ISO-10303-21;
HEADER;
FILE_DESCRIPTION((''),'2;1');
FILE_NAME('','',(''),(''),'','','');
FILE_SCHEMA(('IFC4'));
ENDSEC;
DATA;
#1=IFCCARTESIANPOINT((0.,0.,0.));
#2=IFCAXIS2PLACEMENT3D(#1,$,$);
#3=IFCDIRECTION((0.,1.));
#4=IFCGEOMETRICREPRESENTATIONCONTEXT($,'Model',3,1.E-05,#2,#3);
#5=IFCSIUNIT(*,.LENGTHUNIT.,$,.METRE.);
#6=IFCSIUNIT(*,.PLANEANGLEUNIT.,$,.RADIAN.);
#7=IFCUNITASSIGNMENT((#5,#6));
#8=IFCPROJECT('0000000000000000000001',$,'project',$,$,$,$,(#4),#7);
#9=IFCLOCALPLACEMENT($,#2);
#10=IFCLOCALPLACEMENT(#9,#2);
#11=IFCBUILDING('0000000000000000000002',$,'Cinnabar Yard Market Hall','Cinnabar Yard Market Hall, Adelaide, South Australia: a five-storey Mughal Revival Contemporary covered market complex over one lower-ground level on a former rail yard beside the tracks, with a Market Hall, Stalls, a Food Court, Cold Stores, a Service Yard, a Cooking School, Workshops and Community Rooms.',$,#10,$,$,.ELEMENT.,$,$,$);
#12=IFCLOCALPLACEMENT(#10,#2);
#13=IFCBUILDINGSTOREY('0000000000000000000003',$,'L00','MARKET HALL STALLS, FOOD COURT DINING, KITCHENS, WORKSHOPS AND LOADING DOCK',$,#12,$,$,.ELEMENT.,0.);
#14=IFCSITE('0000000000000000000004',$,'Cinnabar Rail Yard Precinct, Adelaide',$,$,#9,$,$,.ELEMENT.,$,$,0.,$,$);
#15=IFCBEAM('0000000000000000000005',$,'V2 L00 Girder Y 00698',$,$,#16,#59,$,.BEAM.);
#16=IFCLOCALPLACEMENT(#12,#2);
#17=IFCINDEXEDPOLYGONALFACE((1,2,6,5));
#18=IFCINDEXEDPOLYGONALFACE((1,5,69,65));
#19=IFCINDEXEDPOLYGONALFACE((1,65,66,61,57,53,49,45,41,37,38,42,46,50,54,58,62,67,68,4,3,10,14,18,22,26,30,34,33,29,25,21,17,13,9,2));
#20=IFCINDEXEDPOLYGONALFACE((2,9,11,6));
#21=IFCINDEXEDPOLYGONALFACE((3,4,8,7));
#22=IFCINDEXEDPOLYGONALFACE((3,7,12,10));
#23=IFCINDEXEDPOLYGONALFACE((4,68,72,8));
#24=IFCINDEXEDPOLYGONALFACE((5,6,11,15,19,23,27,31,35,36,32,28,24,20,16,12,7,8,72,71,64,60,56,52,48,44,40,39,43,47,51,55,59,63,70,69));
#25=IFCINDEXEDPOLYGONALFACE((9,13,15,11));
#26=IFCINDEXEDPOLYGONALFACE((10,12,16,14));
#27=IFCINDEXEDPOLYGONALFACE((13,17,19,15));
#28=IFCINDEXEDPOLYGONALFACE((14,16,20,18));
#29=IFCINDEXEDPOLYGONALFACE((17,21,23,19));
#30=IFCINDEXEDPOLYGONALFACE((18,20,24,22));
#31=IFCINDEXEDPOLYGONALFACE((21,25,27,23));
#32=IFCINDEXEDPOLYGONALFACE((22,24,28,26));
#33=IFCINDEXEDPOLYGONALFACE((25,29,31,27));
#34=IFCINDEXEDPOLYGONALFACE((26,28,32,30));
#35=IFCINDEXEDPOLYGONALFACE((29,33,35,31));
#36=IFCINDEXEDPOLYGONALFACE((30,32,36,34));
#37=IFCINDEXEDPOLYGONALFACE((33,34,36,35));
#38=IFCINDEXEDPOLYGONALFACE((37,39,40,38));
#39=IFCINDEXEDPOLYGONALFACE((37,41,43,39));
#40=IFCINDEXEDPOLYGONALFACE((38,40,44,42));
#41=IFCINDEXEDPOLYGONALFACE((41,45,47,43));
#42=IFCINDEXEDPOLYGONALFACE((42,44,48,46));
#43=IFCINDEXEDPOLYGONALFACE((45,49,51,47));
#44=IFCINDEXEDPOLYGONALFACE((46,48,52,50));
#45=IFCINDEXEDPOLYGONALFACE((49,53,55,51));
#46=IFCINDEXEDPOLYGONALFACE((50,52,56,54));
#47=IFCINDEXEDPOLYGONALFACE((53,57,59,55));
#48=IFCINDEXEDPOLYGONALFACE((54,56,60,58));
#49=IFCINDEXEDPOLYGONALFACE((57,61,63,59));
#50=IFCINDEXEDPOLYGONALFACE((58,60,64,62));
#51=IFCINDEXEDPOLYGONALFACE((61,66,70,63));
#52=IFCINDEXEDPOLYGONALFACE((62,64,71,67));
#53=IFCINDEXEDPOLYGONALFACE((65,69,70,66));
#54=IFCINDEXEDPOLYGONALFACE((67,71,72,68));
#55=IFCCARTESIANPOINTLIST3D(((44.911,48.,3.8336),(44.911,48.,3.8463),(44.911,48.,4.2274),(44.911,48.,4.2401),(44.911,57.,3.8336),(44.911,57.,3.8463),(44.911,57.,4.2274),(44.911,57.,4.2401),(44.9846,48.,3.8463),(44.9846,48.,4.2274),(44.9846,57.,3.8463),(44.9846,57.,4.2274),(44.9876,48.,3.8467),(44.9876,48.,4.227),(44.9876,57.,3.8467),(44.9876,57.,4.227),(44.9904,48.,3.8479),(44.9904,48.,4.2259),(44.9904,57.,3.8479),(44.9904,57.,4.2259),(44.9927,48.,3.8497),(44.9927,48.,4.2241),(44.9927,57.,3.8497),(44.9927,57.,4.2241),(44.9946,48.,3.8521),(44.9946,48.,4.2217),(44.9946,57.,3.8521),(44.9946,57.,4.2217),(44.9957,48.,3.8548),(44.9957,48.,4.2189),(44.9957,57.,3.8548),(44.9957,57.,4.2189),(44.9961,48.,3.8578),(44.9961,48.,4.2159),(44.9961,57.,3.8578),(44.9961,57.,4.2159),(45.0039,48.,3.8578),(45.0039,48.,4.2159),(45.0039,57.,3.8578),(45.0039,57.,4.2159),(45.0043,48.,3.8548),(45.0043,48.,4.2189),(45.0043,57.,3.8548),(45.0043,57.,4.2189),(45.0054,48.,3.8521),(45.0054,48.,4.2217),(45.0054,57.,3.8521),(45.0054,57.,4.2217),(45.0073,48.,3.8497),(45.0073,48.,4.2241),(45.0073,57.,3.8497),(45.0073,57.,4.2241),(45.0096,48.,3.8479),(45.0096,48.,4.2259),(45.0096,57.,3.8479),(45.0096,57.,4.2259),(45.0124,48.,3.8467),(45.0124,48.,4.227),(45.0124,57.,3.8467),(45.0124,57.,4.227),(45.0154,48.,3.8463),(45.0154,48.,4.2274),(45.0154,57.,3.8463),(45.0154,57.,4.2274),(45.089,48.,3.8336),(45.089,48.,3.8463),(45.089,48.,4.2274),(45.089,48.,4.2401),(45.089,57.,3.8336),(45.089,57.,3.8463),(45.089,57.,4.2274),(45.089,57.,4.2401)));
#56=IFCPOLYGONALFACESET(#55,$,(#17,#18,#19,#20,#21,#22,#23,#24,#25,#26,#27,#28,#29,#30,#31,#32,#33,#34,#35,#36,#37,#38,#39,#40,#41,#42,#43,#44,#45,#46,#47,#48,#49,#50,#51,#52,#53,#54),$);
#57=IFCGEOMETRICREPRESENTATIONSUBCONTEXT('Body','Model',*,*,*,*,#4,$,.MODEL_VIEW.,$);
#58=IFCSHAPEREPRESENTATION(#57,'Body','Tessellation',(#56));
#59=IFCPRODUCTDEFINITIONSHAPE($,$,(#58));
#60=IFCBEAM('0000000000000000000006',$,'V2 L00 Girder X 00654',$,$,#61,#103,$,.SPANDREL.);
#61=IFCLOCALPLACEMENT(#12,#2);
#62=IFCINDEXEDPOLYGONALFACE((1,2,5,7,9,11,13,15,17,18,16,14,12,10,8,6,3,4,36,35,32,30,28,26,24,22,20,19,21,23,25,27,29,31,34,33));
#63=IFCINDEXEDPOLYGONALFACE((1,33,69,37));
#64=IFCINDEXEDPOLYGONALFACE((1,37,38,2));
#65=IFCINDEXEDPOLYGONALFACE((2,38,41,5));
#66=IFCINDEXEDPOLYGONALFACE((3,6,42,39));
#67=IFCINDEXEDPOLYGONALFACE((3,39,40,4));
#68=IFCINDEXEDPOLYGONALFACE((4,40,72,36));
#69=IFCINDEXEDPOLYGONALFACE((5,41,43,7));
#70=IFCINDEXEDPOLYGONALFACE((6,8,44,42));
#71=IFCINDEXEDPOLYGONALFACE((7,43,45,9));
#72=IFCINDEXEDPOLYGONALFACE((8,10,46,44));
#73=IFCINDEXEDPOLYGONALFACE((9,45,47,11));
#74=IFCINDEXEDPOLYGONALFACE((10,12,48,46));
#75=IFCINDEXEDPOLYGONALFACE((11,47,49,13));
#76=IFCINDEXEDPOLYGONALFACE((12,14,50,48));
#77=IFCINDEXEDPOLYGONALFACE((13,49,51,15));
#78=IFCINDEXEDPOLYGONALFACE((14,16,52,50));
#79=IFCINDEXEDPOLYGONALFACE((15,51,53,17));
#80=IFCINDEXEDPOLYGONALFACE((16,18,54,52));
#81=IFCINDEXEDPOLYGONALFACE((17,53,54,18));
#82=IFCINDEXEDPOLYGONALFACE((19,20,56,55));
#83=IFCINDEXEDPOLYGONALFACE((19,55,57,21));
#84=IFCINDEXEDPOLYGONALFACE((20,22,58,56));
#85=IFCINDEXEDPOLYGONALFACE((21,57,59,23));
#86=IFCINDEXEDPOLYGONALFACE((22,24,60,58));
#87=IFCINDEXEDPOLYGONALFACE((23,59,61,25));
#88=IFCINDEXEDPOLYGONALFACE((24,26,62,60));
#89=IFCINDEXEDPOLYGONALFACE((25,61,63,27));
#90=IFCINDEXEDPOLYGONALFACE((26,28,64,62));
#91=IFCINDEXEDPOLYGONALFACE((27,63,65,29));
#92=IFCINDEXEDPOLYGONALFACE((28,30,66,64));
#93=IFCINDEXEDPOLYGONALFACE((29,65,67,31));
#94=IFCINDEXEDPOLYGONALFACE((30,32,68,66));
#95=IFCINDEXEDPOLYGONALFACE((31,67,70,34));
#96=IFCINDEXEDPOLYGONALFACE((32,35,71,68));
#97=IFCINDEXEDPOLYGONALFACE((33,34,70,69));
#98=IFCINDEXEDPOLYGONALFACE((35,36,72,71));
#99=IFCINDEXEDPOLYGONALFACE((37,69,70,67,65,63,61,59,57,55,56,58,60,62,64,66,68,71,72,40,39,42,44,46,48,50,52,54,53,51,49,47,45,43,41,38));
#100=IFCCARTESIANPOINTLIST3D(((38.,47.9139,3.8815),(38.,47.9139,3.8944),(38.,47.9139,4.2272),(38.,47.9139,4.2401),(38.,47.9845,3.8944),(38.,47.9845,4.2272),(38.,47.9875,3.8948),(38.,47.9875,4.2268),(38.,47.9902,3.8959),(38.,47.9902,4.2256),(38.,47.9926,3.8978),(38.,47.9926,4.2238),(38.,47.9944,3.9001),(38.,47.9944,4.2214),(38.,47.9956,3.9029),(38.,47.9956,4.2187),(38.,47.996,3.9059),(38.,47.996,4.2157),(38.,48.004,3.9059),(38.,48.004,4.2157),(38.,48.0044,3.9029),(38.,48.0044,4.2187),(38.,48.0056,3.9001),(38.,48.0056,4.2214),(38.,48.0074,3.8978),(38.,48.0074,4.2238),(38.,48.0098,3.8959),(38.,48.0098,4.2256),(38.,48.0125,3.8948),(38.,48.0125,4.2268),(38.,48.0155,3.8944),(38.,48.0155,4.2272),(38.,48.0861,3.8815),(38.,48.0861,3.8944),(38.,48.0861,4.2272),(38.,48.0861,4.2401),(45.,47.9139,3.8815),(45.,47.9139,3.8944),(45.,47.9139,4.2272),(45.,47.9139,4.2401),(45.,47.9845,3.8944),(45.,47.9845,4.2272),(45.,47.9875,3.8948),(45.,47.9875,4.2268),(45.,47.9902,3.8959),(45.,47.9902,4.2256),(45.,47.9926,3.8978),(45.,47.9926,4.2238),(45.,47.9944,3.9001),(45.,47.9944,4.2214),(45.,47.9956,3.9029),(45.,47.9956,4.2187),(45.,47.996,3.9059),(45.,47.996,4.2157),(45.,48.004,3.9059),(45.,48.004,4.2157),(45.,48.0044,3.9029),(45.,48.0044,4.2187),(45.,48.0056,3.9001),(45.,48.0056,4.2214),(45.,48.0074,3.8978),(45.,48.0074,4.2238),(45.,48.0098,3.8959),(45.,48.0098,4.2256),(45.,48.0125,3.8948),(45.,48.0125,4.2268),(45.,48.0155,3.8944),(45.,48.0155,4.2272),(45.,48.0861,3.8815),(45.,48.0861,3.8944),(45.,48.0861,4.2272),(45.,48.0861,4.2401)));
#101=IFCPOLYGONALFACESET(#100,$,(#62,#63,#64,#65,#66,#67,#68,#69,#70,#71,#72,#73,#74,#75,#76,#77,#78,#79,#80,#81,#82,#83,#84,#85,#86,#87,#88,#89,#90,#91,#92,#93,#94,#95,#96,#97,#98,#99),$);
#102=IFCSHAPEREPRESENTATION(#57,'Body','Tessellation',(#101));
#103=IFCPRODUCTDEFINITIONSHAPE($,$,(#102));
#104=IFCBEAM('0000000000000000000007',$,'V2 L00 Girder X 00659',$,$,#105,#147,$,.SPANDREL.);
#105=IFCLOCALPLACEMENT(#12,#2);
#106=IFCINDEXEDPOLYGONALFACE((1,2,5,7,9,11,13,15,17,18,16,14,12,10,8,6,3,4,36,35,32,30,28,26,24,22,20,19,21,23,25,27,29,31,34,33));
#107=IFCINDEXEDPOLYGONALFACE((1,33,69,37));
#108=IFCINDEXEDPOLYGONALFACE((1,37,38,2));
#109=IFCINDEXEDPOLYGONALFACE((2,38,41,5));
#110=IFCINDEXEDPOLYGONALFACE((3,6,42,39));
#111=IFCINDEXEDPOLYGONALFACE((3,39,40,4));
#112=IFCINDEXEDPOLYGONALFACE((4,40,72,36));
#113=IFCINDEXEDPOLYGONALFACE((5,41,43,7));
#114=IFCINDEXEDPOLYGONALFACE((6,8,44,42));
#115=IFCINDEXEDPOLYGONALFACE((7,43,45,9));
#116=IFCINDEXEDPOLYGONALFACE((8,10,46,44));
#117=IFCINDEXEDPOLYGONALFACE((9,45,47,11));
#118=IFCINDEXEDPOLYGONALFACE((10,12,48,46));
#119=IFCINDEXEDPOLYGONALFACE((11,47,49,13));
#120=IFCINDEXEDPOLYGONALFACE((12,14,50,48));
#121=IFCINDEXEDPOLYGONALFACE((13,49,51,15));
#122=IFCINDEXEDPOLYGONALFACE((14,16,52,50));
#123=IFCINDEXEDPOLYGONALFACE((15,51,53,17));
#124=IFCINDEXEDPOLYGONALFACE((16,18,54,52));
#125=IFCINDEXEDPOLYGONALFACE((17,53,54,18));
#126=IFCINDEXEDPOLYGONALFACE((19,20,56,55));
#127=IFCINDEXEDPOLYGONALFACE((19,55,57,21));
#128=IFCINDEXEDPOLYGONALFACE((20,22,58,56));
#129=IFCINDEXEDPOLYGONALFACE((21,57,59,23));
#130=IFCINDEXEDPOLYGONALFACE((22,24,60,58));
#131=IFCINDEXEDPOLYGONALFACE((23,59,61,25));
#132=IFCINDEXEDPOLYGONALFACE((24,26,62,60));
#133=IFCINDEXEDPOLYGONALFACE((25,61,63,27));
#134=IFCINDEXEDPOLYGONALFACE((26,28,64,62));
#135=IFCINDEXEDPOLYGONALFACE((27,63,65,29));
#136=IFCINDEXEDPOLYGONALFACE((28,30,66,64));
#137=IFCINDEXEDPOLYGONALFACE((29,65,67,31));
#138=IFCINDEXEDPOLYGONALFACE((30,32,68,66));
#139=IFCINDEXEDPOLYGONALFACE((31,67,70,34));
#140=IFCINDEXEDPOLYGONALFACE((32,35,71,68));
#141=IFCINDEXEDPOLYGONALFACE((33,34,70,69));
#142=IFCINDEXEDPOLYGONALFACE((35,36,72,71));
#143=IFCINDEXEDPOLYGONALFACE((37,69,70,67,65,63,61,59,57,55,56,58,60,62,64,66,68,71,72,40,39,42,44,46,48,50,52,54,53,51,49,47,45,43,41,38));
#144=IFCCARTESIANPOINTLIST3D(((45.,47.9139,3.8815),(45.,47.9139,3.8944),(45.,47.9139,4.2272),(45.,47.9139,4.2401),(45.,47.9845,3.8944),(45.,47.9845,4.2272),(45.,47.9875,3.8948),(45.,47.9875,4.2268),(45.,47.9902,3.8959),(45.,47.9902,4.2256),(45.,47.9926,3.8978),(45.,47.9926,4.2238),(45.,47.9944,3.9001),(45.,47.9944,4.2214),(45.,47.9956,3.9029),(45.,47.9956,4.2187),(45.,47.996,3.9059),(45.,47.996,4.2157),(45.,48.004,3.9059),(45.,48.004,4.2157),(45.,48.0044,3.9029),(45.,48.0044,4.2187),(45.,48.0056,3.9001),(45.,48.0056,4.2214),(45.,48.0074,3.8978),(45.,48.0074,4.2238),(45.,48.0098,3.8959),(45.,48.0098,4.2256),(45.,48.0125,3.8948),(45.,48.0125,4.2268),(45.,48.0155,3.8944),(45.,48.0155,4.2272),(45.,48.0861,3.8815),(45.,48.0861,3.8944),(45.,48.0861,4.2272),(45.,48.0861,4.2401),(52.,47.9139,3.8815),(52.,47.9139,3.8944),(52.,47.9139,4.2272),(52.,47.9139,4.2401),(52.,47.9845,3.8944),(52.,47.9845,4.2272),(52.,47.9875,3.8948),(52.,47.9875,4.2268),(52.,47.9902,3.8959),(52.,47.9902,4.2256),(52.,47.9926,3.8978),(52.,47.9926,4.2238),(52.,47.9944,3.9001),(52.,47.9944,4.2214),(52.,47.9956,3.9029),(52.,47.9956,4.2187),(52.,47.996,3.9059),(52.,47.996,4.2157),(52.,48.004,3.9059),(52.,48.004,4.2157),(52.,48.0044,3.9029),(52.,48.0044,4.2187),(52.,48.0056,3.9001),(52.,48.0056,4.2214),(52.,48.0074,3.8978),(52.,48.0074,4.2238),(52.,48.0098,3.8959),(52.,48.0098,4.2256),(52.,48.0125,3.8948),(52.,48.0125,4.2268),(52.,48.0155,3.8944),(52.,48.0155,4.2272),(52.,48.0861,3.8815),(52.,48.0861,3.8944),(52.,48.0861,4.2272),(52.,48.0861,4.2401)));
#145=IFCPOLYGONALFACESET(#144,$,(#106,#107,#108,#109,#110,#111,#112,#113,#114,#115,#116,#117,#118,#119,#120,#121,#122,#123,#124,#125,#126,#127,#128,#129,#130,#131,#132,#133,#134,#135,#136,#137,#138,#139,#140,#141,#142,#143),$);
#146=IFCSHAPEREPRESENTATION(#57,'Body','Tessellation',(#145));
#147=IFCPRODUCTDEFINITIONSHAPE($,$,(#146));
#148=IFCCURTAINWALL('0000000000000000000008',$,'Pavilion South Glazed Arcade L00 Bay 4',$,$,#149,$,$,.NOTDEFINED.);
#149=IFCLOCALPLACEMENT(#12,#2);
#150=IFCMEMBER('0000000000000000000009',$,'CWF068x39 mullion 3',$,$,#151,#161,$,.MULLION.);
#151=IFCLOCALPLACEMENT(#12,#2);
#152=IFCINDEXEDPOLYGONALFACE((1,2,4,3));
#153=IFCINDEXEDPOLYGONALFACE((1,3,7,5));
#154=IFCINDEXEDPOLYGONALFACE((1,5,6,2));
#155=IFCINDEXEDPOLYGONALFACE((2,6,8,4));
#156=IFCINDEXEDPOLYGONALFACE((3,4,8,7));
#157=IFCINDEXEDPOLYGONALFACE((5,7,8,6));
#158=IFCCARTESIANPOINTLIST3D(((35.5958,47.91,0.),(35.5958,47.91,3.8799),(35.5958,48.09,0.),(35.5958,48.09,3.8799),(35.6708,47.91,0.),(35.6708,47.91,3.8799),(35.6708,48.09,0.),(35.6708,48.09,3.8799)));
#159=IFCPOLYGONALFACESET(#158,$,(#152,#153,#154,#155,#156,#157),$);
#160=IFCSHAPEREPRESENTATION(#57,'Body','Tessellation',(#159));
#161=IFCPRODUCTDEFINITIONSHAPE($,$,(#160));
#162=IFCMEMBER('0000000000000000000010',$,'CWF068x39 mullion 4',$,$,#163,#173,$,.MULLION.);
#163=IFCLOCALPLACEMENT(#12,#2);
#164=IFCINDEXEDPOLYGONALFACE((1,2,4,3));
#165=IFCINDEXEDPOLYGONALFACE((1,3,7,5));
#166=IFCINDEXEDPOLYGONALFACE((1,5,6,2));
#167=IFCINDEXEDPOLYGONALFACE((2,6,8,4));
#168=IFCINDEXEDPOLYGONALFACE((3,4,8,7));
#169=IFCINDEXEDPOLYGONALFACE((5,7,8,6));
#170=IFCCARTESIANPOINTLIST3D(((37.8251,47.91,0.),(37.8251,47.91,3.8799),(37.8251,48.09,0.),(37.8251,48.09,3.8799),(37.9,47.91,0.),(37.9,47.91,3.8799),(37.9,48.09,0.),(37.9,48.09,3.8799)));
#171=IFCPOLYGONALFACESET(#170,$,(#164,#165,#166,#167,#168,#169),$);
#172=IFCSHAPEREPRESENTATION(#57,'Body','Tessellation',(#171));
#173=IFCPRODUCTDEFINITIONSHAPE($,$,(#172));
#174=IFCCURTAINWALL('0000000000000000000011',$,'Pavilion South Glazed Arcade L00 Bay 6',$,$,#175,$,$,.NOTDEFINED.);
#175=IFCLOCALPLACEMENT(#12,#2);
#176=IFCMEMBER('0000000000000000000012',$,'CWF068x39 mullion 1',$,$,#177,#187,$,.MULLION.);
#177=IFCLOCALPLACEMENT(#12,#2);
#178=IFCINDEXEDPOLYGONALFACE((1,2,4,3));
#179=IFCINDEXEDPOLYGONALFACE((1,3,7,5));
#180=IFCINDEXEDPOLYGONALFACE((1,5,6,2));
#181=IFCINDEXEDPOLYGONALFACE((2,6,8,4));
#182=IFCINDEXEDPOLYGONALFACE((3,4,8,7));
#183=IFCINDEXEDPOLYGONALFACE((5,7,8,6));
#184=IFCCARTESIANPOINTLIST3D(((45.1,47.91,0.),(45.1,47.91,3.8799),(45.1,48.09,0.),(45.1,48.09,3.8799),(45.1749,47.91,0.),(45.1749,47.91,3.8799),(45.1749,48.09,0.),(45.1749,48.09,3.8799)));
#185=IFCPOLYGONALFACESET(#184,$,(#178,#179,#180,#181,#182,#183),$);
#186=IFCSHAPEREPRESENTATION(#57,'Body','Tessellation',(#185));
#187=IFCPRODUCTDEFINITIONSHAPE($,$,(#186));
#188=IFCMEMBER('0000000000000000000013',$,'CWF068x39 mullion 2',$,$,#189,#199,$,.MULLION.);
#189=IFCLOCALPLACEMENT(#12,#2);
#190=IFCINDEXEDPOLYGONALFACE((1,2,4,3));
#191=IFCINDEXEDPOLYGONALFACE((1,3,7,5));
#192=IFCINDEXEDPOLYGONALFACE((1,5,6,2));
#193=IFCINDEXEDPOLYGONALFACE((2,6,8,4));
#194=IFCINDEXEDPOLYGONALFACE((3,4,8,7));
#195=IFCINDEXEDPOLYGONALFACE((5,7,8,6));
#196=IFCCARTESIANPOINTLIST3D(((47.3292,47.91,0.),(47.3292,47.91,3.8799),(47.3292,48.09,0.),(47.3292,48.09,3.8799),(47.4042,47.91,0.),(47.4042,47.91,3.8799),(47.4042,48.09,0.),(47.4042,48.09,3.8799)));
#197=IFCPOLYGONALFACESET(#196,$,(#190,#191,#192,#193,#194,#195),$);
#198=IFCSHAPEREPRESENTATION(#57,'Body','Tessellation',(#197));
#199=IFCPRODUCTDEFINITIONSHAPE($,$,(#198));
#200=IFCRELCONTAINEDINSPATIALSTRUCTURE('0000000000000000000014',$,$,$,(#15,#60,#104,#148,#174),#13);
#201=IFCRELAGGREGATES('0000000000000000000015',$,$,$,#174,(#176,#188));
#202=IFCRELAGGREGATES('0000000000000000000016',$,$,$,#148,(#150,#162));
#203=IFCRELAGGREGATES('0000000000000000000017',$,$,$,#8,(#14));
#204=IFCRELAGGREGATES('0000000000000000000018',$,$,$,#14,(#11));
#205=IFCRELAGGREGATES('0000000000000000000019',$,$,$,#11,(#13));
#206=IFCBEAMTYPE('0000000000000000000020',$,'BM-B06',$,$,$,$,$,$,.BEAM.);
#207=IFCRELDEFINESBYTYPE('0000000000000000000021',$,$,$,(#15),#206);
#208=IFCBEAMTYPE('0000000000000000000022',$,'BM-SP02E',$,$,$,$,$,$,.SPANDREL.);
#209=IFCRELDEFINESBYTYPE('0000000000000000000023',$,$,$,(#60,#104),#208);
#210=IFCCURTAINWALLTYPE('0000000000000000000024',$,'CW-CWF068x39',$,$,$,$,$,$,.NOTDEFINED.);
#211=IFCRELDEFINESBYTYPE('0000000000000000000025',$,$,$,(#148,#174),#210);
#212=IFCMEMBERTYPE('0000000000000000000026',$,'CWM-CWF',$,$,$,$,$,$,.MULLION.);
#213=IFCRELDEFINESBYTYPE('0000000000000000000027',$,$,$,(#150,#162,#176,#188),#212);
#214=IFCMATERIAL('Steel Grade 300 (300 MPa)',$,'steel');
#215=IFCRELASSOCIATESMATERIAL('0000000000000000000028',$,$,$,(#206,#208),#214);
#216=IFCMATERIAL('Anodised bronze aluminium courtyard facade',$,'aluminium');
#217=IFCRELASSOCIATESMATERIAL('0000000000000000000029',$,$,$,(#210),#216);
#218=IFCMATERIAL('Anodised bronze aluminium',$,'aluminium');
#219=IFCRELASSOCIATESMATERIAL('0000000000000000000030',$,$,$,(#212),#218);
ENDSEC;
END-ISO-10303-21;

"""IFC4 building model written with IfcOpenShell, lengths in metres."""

from ifc_helpers import new_model, si_unit, direction, frame, origin, origin_2d_with_axis, place, context, subcontext, project, spatial, rectangle, i_section, extrude, material, material_profile, profile_set, type_object, element, aggregate, save


model = new_model("IFC4")

# Units and contexts
model_context = context("Model", 3, precision=1e-05, world=origin(), true_north=direction((0.0, 1.0)))
body_context = subcontext(model_context, "Body", "Model", "MODEL_VIEW")
ifc_project = project(units=[si_unit("LENGTHUNIT", "METRE"), si_unit("PLANEANGLEUNIT", "RADIAN")], contexts=[model_context])

# Site, building, storey
site_placement = place(None, origin())
site = spatial("IfcSite", under=ifc_project, at=site_placement, Name="Cinnabar Rail Yard Precinct, Adelaide", CompositionType="ELEMENT", RefElevation=0.0)
building_placement = place(site_placement, origin())
building = spatial("IfcBuilding", under=site, at=building_placement, Name="Cinnabar Yard Market Hall", Description="Cinnabar Yard Market Hall, Adelaide, South Australia: a five-storey Mughal Revival Contemporary covered market complex over one lower-ground level on a former rail yard beside the tracks, with a Market Hall, Stalls, a Food Court, Cold Stores, a Service Yard, a Cooking School, Workshops and Community Rooms.", CompositionType="ELEMENT")
storey_placement = place(building_placement, origin())
storey = spatial("IfcBuildingStorey", under=building, at=storey_placement, Name="L00", Description="MARKET HALL STALLS, FOOD COURT DINING, KITCHENS, WORKSHOPS AND LOADING DOCK", CompositionType="ELEMENT", Elevation=0.0)

# Shared definitions
ifc_material_1 = material(Name="Steel Grade 300 (300 MPa)", Category="steel")

# Beams
ifc_material_profile_1 = material_profile(ifc_material_1, i_section(OverallWidth=0.178, OverallDepth=0.4065, WebThickness=0.0078, FlangeThickness=0.0127, FilletRadius=0.0115, at=origin_2d_with_axis()), Name="410UB59.7")
ifc_profile_set_1 = profile_set([ifc_material_profile_1], Name="Steel Grade 300 (300 MPa)")
beam_type_1 = type_object("IfcBeamType", Name="BM-B06", PredefinedType="BEAM", material=ifc_profile_set_1)
for number, where, z_axis, x_axis, name in (
    (1, (45.0, 48.0, 4.0369), (0.0, 1.0, 0.0), (-1.0, 0.0, 0.0), "V2 L00 Girder Y 00698"),
):
    element("IfcBeam", number, at=place(storey_placement, frame(where, z_axis=z_axis, x_axis=x_axis)), inside=storey, type_object=beam_type_1, Name=name, PredefinedType="BEAM", context=body_context, shape_type="SweptSolid", body=[
        extrude(i_section(OverallWidth=0.178, OverallDepth=0.4065, WebThickness=0.0078, FlangeThickness=0.0127, FilletRadius=0.0115, at=origin_2d_with_axis()), origin(), (0.0, 0.0, 1.0), 9.0),
    ])
ifc_material_profile_2 = material_profile(ifc_material_1, i_section(OverallWidth=0.1721, OverallDepth=0.3586, WebThickness=0.0081, FlangeThickness=0.0129, FilletRadius=0.0115, at=origin_2d_with_axis()), Name="360UB56.7")
ifc_profile_set_2 = profile_set([ifc_material_profile_2], Name="Steel Grade 300 (300 MPa)")
beam_type_2 = type_object("IfcBeamType", Name="BM-SP02E", PredefinedType="SPANDREL", material=ifc_profile_set_2)
for number, where, z_axis, x_axis, name in (
    (2, (38.0, 48.0, 4.0608), (1.0, 0.0, 0.0), (0.0, 1.0, 0.0), "V2 L00 Girder X 00654"),
    (3, (45.0, 48.0, 4.0608), (1.0, 0.0, 0.0), (0.0, 1.0, 0.0), "V2 L00 Girder X 00659"),
):
    element("IfcBeam", number, at=place(storey_placement, frame(where, z_axis=z_axis, x_axis=x_axis)), inside=storey, type_object=beam_type_2, Name=name, PredefinedType="SPANDREL", context=body_context, shape_type="SweptSolid", body=[
        extrude(i_section(OverallWidth=0.1721, OverallDepth=0.3586, WebThickness=0.0081, FlangeThickness=0.0129, FilletRadius=0.0115, at=origin_2d_with_axis()), origin(), (0.0, 0.0, 1.0), 7.0),
    ])

# Curtain walls, members
ifc_material_2 = material(Name="Anodised bronze aluminium courtyard facade", Category="aluminium")
curtain_wall_type = type_object("IfcCurtainWallType", Name="CW-CWF068x39", PredefinedType="NOTDEFINED", material=ifc_material_2)
curtain_wall_1_placement = place(storey_placement, origin())
curtain_wall_1 = element("IfcCurtainWall", 4, at=curtain_wall_1_placement, inside=storey, type_object=curtain_wall_type, Name="Pavilion South Glazed Arcade L00 Bay 4", PredefinedType="NOTDEFINED")
ifc_material_3 = material(Name="Anodised bronze aluminium", Category="aluminium")
ifc_material_profile_3 = material_profile(ifc_material_3, rectangle(XDim=0.1799, YDim=0.075, at=origin_2d_with_axis()), Name="MUL-CWF")
ifc_profile_set_3 = profile_set([ifc_material_profile_3], Name="Anodised bronze aluminium")
member_type_1 = type_object("IfcMemberType", Name="CWM-CWF", PredefinedType="MULLION", material=ifc_profile_set_3)
member_1_placement = place(storey_placement, frame((35.6333, 48.0, 0.0), z_axis=(0.0, 0.0, 1.0), x_axis=(0.0, 1.0, 0.0)))
member_1 = element("IfcMember", 5, at=member_1_placement, type_object=member_type_1, Name="CWF068x39 mullion 3", PredefinedType="MULLION", context=body_context, shape_type="SweptSolid", body=[
    extrude(rectangle(XDim=0.1799, YDim=0.075, at=origin_2d_with_axis()), origin(), (0.0, 0.0, 1.0), 3.8799),
])
member_2_placement = place(storey_placement, frame((37.8625, 48.0, 0.0), z_axis=(0.0, 0.0, 1.0), x_axis=(0.0, 1.0, 0.0)))
member_2 = element("IfcMember", 6, at=member_2_placement, type_object=member_type_1, Name="CWF068x39 mullion 4", PredefinedType="MULLION", context=body_context, shape_type="SweptSolid", body=[
    extrude(rectangle(XDim=0.1799, YDim=0.075, at=origin_2d_with_axis()), origin(), (0.0, 0.0, 1.0), 3.8799),
])
curtain_wall_2_placement = place(storey_placement, origin())
curtain_wall_2 = element("IfcCurtainWall", 7, at=curtain_wall_2_placement, inside=storey, type_object=curtain_wall_type, Name="Pavilion South Glazed Arcade L00 Bay 6", PredefinedType="NOTDEFINED")
member_3_placement = place(storey_placement, frame((45.1375, 48.0, 0.0), z_axis=(0.0, 0.0, 1.0), x_axis=(0.0, 1.0, 0.0)))
member_3 = element("IfcMember", 8, at=member_3_placement, type_object=member_type_1, Name="CWF068x39 mullion 1", PredefinedType="MULLION", context=body_context, shape_type="SweptSolid", body=[
    extrude(rectangle(XDim=0.1799, YDim=0.075, at=origin_2d_with_axis()), origin(), (0.0, 0.0, 1.0), 3.8799),
])
member_4_placement = place(storey_placement, frame((47.3667, 48.0, 0.0), z_axis=(0.0, 0.0, 1.0), x_axis=(0.0, 1.0, 0.0)))
member_4 = element("IfcMember", 9, at=member_4_placement, type_object=member_type_1, Name="CWF068x39 mullion 2", PredefinedType="MULLION", context=body_context, shape_type="SweptSolid", body=[
    extrude(rectangle(XDim=0.1799, YDim=0.075, at=origin_2d_with_axis()), origin(), (0.0, 0.0, 1.0), 3.8799),
])

aggregate(curtain_wall_2, [member_3, member_4])
aggregate(curtain_wall_1, [member_1, member_2])

save(model, "model.ifc")
